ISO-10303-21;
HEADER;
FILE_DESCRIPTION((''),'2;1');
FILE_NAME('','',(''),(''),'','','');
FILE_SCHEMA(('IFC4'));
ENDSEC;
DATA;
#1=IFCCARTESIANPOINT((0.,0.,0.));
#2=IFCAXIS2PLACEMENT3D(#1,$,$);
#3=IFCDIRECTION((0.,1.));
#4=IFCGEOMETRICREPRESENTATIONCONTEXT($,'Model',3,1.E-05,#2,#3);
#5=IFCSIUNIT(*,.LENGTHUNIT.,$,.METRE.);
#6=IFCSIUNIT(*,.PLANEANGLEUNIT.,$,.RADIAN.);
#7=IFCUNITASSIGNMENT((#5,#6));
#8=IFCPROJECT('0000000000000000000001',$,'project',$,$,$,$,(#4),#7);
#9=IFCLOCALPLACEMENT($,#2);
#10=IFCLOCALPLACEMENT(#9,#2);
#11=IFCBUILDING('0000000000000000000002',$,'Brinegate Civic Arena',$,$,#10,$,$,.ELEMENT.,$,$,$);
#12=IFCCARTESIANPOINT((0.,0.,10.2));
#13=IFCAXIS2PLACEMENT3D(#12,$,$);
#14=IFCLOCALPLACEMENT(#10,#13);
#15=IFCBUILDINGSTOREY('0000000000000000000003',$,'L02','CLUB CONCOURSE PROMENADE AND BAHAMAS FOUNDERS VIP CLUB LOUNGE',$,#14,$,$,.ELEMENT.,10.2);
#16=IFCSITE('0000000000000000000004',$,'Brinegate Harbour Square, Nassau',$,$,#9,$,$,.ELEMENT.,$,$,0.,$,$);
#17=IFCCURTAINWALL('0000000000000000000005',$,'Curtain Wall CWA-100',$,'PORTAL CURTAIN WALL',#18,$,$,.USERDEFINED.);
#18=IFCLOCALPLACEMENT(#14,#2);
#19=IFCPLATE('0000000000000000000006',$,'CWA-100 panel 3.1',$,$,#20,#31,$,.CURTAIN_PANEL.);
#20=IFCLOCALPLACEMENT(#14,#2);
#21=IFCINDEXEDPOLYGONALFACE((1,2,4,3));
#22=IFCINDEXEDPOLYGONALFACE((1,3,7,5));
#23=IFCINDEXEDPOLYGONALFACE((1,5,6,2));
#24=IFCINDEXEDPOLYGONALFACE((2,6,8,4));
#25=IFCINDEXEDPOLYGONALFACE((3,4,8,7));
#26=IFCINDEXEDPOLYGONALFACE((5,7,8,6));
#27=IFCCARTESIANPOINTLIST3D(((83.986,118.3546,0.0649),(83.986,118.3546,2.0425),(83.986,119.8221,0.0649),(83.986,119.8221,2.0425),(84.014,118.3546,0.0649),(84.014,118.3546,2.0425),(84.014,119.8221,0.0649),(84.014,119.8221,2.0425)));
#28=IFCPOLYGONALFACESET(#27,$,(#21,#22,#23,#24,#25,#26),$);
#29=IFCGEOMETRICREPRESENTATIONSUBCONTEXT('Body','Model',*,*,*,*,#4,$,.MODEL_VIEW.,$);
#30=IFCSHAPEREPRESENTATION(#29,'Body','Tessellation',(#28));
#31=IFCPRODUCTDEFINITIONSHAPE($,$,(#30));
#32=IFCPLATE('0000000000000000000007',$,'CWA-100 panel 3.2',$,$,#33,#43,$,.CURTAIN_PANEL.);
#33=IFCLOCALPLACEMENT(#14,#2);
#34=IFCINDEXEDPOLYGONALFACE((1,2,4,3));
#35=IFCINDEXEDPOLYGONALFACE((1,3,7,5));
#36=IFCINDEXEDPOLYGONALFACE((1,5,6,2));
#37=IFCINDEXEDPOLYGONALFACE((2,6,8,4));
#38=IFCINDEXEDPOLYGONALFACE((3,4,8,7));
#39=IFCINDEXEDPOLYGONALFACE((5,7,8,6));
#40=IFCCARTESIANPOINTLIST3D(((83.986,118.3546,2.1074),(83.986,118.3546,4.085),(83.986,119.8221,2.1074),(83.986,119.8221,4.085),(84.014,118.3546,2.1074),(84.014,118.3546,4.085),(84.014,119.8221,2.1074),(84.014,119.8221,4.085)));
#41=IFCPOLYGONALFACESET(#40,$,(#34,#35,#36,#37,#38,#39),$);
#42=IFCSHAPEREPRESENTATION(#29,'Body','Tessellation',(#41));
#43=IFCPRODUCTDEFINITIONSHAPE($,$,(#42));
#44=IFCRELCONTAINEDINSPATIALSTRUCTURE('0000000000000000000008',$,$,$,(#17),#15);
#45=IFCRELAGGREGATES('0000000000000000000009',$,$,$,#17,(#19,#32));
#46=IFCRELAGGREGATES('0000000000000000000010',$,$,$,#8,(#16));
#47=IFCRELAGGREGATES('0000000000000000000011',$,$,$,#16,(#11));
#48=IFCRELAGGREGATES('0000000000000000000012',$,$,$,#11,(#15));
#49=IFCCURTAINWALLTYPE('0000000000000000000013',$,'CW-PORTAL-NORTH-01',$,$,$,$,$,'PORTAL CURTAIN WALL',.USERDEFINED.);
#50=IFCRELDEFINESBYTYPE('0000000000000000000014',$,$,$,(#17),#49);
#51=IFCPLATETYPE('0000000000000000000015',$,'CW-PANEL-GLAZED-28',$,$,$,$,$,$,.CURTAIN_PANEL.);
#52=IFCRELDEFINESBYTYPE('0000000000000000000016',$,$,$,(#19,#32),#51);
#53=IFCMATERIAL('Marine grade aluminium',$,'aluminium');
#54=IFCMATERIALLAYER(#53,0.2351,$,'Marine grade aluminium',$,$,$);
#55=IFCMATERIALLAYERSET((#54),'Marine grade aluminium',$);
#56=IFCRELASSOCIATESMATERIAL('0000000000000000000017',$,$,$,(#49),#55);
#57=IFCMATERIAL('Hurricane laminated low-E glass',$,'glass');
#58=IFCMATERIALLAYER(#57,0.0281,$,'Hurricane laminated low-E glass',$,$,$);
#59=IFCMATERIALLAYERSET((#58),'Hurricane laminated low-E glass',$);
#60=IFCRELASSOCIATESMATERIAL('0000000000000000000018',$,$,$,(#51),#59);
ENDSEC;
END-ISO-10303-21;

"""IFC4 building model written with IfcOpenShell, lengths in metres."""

from ifc_helpers import new_model, si_unit, direction, frame, origin, origin_2d, place, context, subcontext, project, spatial, rectangle, extrude, material, layer, layer_set, type_object, element, aggregate, save


model = new_model("IFC4")

# Units and contexts
model_context = context("Model", 3, precision=1e-05, world=origin(), true_north=direction((0.0, 1.0)))
body_context = subcontext(model_context, "Body", "Model", "MODEL_VIEW")
ifc_project = project(units=[si_unit("LENGTHUNIT", "METRE"), si_unit("PLANEANGLEUNIT", "RADIAN")], contexts=[model_context])

# Site, building, storey
site_placement = place(None, origin())
site = spatial("IfcSite", under=ifc_project, at=site_placement, Name="Brinegate Harbour Square, Nassau", CompositionType="ELEMENT", RefElevation=0.0)
building_placement = place(site_placement, origin())
building = spatial("IfcBuilding", under=site, at=building_placement, Name="Brinegate Civic Arena", CompositionType="ELEMENT")
storey_placement = place(building_placement, frame((0.0, 0.0, 10.2)))
storey = spatial("IfcBuildingStorey", under=building, at=storey_placement, Name="L02", Description="CLUB CONCOURSE PROMENADE AND BAHAMAS FOUNDERS VIP CLUB LOUNGE", CompositionType="ELEMENT", Elevation=10.2)

# Curtain wall, plates
ifc_material_1 = material(Name="Marine grade aluminium", Category="aluminium")
ifc_layer_1 = layer(ifc_material_1, 0.2351, Name="Marine grade aluminium")
ifc_layer_set_1 = layer_set([ifc_layer_1], Name="Marine grade aluminium")
curtain_wall_type = type_object("IfcCurtainWallType", Name="CW-PORTAL-NORTH-01", ElementType="PORTAL CURTAIN WALL", PredefinedType="USERDEFINED", material=ifc_layer_set_1)
curtain_wall_placement = place(storey_placement, origin())
curtain_wall = element("IfcCurtainWall", 1, at=curtain_wall_placement, inside=storey, type_object=curtain_wall_type, Name="Curtain Wall CWA-100", ObjectType="PORTAL CURTAIN WALL", PredefinedType="USERDEFINED")
ifc_material_2 = material(Name="Hurricane laminated low-E glass", Category="glass")
ifc_layer_2 = layer(ifc_material_2, 0.0281, Name="Hurricane laminated low-E glass")
ifc_layer_set_2 = layer_set([ifc_layer_2], Name="Hurricane laminated low-E glass")
plate_type = type_object("IfcPlateType", Name="CW-PANEL-GLAZED-28", PredefinedType="CURTAIN_PANEL", material=ifc_layer_set_2)
plate_1_placement = place(storey_placement, frame((84.0, 119.0884, 0.0649), z_axis=(0.0, 0.0, 1.0), x_axis=(0.0, 1.0, 0.0)))
plate_1 = element("IfcPlate", 2, at=plate_1_placement, type_object=plate_type, Name="CWA-100 panel 3.1", PredefinedType="CURTAIN_PANEL", context=body_context, shape_type="SweptSolid", body=[
    extrude(rectangle(XDim=1.4675, YDim=0.0281, at=origin_2d()), origin(), (0.0, 0.0, 1.0), 1.9775),
])
plate_2_placement = place(storey_placement, frame((84.0, 119.0884, 2.1074), z_axis=(0.0, 0.0, 1.0), x_axis=(0.0, 1.0, 0.0)))
plate_2 = element("IfcPlate", 3, at=plate_2_placement, type_object=plate_type, Name="CWA-100 panel 3.2", PredefinedType="CURTAIN_PANEL", context=body_context, shape_type="SweptSolid", body=[
    extrude(rectangle(XDim=1.4675, YDim=0.0281, at=origin_2d()), origin(), (0.0, 0.0, 1.0), 1.9775),
])
aggregate(curtain_wall, [plate_1, plate_2])

save(model, "model.ifc")
